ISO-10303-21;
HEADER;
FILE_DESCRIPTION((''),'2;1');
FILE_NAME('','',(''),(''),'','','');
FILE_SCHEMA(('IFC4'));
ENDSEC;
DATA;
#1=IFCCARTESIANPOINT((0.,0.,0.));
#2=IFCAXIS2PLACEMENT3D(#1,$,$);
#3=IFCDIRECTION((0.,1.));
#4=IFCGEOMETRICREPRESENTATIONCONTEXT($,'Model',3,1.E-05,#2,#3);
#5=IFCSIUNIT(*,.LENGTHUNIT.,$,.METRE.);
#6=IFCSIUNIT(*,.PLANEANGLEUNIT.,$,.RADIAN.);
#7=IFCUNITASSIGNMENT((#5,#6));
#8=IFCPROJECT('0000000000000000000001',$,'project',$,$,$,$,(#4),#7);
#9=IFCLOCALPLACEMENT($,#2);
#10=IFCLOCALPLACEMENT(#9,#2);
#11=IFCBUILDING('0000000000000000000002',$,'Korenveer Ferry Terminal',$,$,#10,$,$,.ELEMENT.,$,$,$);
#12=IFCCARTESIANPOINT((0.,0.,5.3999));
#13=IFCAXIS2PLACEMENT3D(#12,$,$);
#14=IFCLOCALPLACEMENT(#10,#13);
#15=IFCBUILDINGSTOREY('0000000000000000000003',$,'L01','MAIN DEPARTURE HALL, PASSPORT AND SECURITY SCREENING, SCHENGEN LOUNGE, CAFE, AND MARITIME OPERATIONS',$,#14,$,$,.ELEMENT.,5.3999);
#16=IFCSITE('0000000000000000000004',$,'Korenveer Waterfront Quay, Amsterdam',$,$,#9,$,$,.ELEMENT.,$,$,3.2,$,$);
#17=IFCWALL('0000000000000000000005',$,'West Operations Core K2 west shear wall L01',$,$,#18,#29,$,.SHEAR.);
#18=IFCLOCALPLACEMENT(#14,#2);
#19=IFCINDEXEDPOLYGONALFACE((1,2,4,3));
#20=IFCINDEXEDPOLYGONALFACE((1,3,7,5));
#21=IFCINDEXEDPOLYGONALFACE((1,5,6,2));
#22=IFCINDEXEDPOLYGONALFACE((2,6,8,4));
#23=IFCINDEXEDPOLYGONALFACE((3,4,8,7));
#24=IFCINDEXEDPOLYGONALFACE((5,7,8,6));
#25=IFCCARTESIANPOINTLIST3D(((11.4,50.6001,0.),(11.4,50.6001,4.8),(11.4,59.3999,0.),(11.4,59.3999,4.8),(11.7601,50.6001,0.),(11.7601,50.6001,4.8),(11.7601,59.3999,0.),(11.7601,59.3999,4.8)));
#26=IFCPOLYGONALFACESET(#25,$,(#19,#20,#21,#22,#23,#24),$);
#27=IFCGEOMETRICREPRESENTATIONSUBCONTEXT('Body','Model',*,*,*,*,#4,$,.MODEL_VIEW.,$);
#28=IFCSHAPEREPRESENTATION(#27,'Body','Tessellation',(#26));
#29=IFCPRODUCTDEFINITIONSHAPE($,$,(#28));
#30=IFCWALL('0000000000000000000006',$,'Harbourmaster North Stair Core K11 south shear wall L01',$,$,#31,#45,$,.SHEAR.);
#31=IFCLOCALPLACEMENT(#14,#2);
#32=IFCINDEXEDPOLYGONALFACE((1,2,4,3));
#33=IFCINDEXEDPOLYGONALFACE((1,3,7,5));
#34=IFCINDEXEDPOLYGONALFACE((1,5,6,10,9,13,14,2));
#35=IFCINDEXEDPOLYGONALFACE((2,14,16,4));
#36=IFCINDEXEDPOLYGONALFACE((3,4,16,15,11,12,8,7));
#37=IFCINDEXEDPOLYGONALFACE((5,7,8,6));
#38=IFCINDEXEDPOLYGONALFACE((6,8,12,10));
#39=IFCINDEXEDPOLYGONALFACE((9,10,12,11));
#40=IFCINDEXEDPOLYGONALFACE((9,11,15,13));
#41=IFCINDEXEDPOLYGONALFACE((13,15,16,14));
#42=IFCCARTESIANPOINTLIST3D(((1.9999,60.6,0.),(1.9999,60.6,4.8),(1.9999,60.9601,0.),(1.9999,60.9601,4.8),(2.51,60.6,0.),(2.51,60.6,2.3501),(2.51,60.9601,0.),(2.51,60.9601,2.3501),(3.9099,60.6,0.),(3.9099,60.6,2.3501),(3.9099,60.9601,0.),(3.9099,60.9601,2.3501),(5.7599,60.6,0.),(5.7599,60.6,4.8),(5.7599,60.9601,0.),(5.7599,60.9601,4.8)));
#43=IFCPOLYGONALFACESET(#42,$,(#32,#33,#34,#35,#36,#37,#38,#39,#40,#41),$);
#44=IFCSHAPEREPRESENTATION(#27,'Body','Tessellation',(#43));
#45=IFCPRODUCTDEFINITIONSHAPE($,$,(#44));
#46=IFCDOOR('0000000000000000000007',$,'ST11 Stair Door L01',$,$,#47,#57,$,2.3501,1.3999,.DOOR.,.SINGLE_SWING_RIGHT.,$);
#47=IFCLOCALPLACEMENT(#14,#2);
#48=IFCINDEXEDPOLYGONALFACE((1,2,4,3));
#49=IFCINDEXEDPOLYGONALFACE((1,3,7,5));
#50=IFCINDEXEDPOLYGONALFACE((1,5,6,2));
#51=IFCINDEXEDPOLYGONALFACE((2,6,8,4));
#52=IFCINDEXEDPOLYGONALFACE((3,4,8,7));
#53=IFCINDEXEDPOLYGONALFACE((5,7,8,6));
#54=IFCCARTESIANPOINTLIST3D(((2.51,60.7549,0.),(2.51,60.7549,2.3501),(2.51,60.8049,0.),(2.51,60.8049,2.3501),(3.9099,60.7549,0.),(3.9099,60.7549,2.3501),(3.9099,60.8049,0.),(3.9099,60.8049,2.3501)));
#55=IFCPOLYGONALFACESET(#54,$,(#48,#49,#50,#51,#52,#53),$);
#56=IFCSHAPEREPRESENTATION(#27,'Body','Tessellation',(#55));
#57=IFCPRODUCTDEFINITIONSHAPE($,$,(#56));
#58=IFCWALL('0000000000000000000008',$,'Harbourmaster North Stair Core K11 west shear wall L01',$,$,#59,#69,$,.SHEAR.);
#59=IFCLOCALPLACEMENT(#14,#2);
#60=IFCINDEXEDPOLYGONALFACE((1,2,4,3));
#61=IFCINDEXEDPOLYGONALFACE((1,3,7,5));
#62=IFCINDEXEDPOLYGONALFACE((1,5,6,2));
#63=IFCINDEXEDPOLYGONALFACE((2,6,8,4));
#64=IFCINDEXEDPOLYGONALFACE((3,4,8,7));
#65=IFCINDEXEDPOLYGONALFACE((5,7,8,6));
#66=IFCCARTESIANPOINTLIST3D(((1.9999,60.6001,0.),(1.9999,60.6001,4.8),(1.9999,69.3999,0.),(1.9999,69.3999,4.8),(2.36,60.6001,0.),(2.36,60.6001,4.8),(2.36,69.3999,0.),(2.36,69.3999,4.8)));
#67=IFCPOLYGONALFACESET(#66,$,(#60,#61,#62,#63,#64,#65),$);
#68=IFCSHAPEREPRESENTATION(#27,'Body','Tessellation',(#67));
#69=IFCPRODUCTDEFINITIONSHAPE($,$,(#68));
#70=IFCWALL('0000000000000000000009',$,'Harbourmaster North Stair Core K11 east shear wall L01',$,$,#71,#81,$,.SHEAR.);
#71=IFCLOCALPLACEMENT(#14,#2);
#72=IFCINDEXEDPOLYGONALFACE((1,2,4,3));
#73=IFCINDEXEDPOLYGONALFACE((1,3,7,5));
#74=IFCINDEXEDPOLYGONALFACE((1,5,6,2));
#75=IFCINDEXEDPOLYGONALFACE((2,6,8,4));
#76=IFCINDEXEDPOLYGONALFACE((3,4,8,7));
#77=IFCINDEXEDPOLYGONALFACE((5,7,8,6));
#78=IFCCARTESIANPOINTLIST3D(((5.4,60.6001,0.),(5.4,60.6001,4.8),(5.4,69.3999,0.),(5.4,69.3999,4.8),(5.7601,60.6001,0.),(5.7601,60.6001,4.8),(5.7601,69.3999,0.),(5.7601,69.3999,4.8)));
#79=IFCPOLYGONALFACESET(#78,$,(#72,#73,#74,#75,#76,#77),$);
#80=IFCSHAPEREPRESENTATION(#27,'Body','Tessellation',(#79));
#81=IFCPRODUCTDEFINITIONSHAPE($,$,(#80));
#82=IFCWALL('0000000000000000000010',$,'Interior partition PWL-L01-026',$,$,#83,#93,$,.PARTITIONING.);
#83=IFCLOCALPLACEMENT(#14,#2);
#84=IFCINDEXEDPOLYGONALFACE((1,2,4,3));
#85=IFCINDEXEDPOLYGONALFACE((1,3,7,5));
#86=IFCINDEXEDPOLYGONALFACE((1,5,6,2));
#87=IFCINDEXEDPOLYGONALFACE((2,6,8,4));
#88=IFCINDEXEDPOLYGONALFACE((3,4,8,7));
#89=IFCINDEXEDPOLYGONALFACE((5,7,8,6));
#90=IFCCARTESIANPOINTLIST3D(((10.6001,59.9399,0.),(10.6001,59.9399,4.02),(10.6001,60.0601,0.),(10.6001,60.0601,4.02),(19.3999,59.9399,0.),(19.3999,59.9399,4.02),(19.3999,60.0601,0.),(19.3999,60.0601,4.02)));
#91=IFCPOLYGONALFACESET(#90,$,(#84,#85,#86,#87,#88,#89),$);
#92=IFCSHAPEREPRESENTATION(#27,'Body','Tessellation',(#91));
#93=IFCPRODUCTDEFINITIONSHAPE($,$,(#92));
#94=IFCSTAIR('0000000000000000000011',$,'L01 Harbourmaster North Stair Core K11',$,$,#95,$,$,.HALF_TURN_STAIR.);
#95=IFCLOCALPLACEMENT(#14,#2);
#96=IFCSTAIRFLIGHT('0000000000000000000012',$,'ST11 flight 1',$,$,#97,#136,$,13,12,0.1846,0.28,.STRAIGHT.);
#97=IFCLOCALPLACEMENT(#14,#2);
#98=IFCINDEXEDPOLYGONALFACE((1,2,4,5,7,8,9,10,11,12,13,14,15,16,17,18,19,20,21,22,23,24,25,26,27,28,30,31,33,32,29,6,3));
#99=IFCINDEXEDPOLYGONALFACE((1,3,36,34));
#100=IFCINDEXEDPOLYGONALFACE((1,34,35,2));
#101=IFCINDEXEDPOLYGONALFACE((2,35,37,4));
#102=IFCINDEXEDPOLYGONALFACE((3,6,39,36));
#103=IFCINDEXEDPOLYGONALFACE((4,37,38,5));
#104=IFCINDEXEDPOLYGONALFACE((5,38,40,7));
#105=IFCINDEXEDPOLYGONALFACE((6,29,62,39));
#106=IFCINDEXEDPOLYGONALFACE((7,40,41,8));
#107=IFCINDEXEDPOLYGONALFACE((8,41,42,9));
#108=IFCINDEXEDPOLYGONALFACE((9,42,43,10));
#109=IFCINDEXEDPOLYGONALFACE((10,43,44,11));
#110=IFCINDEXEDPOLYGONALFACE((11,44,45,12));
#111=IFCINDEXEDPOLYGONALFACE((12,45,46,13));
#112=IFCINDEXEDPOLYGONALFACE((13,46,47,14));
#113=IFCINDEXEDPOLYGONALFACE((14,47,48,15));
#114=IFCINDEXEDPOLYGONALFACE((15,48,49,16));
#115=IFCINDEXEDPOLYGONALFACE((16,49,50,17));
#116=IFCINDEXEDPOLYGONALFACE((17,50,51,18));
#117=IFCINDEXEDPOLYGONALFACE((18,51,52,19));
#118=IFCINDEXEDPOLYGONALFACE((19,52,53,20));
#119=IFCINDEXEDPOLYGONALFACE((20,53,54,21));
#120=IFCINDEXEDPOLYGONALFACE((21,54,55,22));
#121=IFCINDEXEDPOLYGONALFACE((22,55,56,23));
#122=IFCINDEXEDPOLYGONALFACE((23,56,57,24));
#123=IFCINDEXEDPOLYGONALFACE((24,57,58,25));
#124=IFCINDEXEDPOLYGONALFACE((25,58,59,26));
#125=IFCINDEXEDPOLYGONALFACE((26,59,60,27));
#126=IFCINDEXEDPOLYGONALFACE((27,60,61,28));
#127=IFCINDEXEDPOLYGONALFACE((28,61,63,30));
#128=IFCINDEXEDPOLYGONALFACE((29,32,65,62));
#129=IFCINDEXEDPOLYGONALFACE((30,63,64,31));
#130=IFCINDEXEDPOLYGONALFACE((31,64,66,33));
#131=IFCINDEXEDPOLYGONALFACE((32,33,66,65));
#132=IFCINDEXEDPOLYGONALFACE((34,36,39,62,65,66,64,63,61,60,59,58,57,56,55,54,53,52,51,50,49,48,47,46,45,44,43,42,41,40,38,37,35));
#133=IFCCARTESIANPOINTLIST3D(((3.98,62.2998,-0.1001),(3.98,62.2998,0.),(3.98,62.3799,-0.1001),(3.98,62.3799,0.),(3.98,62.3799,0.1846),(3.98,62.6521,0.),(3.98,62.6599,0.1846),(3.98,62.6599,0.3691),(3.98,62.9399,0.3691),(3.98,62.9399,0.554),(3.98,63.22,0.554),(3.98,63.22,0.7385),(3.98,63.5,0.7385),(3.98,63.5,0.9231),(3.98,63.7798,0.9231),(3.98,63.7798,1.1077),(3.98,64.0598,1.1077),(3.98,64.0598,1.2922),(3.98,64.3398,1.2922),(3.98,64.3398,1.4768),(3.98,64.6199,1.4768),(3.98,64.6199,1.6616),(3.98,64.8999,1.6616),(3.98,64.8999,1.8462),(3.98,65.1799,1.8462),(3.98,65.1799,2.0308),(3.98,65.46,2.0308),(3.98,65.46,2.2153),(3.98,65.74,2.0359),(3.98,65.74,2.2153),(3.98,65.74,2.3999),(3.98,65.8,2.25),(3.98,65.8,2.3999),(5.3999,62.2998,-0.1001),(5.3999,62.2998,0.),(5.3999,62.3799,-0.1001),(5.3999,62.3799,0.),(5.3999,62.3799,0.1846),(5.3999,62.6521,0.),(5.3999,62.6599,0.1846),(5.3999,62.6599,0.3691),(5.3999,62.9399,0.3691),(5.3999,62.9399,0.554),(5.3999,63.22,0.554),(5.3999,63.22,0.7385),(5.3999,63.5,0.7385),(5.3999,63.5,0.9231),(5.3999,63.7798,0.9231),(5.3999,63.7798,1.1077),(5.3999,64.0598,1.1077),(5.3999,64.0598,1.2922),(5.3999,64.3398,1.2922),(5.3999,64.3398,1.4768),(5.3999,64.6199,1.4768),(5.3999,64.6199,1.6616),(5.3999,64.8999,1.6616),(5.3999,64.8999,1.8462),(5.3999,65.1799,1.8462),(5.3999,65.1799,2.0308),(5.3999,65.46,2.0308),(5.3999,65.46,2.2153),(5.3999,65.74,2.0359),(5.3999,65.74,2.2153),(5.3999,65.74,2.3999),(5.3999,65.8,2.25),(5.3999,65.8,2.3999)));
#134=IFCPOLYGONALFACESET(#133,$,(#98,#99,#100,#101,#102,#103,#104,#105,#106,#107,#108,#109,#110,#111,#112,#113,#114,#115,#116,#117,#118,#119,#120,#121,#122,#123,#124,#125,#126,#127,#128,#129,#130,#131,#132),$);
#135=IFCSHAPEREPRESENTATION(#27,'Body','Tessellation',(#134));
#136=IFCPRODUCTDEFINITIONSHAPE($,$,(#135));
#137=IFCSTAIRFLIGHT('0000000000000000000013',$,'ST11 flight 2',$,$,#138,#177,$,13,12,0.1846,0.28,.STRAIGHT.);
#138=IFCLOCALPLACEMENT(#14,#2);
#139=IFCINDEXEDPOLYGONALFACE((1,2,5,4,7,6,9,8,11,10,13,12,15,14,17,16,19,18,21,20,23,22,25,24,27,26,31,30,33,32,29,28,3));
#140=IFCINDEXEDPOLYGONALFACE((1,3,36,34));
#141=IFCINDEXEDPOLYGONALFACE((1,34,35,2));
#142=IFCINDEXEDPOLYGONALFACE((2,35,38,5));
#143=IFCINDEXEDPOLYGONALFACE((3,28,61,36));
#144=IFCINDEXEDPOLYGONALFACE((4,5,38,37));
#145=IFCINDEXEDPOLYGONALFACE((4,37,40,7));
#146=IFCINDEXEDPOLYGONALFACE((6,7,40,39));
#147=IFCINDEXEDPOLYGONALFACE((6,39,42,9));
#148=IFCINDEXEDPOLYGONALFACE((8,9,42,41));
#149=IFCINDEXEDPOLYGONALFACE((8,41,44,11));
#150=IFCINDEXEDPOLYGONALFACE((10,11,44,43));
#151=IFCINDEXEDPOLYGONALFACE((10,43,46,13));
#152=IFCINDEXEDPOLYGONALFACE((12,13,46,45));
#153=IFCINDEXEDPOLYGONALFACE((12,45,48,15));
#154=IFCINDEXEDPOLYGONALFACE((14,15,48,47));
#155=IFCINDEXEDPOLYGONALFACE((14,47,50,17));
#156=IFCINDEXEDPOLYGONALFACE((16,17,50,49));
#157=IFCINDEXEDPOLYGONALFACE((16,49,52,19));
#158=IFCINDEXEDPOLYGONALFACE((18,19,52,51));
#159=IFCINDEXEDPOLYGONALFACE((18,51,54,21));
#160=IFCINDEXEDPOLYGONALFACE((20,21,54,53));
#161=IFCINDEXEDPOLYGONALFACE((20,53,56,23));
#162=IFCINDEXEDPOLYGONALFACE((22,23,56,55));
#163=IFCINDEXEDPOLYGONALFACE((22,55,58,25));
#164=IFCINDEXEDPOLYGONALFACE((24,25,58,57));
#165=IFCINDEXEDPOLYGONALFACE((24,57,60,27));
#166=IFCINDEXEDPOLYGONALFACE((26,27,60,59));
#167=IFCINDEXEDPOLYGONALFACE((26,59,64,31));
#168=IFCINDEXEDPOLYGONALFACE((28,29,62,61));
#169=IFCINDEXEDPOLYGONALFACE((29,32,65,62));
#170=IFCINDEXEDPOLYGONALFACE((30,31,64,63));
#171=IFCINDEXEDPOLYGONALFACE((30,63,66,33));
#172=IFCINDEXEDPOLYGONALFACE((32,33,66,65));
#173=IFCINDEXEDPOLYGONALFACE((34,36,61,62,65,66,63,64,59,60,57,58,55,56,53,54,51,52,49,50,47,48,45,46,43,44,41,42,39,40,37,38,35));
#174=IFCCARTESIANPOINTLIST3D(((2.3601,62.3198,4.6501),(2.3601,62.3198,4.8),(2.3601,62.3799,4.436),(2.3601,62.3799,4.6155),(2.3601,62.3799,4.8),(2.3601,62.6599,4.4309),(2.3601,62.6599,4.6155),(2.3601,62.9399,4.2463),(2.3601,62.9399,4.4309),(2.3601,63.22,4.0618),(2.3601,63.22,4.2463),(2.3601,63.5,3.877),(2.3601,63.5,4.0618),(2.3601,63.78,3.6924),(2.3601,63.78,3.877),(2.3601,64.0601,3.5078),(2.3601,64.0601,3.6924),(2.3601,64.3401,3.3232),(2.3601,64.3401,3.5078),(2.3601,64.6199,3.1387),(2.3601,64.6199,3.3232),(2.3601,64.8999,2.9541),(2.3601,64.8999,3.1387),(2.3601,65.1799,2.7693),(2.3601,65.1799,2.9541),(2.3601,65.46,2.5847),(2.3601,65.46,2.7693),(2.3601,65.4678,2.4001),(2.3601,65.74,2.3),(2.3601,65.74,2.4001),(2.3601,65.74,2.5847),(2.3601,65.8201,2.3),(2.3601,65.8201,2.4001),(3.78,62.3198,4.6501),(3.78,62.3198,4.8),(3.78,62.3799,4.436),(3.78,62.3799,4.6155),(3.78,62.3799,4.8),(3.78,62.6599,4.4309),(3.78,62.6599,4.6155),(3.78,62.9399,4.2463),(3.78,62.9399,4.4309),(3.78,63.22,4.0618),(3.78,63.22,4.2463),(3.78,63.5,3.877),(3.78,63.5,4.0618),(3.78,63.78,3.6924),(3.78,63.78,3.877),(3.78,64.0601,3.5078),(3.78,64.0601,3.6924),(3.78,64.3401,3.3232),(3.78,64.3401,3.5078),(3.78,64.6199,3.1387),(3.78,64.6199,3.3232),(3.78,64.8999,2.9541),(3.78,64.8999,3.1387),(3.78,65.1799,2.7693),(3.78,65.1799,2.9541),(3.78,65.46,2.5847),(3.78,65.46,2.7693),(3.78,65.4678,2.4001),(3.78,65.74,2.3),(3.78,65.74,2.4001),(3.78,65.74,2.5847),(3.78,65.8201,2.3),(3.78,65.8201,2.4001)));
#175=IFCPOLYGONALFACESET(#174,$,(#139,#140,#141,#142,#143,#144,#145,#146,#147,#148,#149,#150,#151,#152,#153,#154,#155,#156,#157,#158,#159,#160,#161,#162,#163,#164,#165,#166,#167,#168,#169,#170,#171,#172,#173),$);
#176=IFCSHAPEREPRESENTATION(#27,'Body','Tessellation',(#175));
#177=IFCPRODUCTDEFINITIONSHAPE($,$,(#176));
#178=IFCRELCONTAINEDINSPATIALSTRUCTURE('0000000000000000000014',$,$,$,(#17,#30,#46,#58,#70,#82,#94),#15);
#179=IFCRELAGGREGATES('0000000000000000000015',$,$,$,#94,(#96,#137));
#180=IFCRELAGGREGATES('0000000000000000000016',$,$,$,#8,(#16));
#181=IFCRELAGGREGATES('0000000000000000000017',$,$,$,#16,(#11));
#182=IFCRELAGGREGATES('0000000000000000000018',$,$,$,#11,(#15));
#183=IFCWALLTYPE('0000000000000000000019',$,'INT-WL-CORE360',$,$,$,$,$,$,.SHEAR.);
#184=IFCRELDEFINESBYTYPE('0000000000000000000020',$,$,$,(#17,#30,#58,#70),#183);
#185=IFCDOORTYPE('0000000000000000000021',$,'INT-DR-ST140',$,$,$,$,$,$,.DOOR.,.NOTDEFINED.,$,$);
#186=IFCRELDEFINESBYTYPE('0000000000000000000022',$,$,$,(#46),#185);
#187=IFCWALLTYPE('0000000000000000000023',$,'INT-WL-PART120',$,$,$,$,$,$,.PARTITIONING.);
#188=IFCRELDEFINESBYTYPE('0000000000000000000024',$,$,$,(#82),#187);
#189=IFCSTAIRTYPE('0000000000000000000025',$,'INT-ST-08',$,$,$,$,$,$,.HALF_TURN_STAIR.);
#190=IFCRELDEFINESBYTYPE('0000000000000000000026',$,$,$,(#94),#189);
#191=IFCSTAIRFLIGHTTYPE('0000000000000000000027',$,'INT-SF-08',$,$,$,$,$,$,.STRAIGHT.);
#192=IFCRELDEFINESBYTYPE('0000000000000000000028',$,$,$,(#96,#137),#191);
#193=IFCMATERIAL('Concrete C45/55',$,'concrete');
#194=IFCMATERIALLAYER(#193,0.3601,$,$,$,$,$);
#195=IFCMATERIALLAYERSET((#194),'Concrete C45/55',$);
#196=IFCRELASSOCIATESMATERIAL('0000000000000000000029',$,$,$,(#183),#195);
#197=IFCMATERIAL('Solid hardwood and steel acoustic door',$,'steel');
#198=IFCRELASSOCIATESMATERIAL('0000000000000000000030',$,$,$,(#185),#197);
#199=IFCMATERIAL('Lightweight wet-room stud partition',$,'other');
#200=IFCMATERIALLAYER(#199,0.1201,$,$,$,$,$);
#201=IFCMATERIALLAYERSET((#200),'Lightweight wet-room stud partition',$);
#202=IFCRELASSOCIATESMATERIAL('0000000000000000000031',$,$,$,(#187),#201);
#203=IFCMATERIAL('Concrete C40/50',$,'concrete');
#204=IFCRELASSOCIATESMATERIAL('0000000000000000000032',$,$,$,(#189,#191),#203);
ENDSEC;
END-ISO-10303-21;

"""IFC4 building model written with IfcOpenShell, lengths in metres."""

from ifc_helpers import new_model, si_unit, direction, frame, frame_2d, origin, place, context, subcontext, project, spatial, polyline, rectangle, outline, extrude, material, layer, layer_set, type_object, element, fill, aggregate, save


model = new_model("IFC4")

# Units and contexts
model_context = context("Model", 3, precision=1e-05, world=origin(), true_north=direction((0.0, 1.0)))
body_context = subcontext(model_context, "Body", "Model", "MODEL_VIEW")
ifc_project = project(units=[si_unit("LENGTHUNIT", "METRE"), si_unit("PLANEANGLEUNIT", "RADIAN")], contexts=[model_context])

# Site, building, storey
site_placement = place(None, origin())
site = spatial("IfcSite", under=ifc_project, at=site_placement, Name="Korenveer Waterfront Quay, Amsterdam", CompositionType="ELEMENT", RefElevation=3.2)
building_placement = place(site_placement, origin())
building = spatial("IfcBuilding", under=site, at=building_placement, Name="Korenveer Ferry Terminal", CompositionType="ELEMENT")
storey_placement = place(building_placement, frame((0.0, 0.0, 5.3999)))
storey = spatial("IfcBuildingStorey", under=building, at=storey_placement, Name="L01", Description="MAIN DEPARTURE HALL, PASSPORT AND SECURITY SCREENING, SCHENGEN LOUNGE, CAFE, AND MARITIME OPERATIONS", CompositionType="ELEMENT", Elevation=5.3999)

# Shared definitions
ifc_material_1 = material(Name="Concrete C45/55", Category="concrete")

# Shared definitions
ifc_layer_1 = layer(ifc_material_1, 0.3601)
ifc_layer_set_1 = layer_set([ifc_layer_1], Name="Concrete C45/55")
wall_type_1 = type_object("IfcWallType", Name="INT-WL-CORE360", PredefinedType="SHEAR", material=ifc_layer_set_1)
ifc_material_2 = material(Name="Solid hardwood and steel acoustic door", Category="steel")
door_type_1 = type_object("IfcDoorType", Name="INT-DR-ST140", OperationType="NOTDEFINED", PredefinedType="DOOR", material=ifc_material_2)

# Wall
wall_1_placement = place(storey_placement, frame((11.5801, 50.6001, 0.0), z_axis=(0.0, 0.0, 1.0), x_axis=(0.0, 1.0, 0.0)))
element("IfcWall", 1, at=wall_1_placement, inside=storey, type_object=wall_type_1, Name="West Operations Core K2 west shear wall L01", PredefinedType="SHEAR", context=body_context, shape_type="SweptSolid", body=[
    extrude(rectangle(XDim=8.7998, YDim=0.3601, at=frame_2d((4.3999, 0.0))), origin(), (0.0, 0.0, 1.0), 4.8),
])

# Wall, opening, door
wall_2_placement = place(storey_placement, frame((2.0, 60.78, 0.0), z_axis=(0.0, 0.0, 1.0), x_axis=(1.0, 0.0, 0.0)))
wall_2 = element("IfcWall", 2, at=wall_2_placement, inside=storey, type_object=wall_type_1, Name="Harbourmaster North Stair Core K11 south shear wall L01", PredefinedType="SHEAR", context=body_context, shape_type="SweptSolid", body=[
    extrude(rectangle(XDim=3.76, YDim=0.3601, at=frame_2d((1.8799, 0.0))), origin(), (0.0, 0.0, 1.0), 4.8),
])
opening_1_placement = place(wall_2_placement, frame((0.51, 0.0, 0.0)))
opening_1 = element("IfcOpeningElement", 3, at=opening_1_placement, cuts=wall_2, PredefinedType="OPENING", context=body_context, shape_type="SweptSolid", body=[
    extrude(rectangle(XDim=1.3999, YDim=2.3501, at=frame_2d((0.7, 1.175))), frame((0.0, 0.1899, 0.0), z_axis=(0.0, -1.0, 0.0), x_axis=(1.0, 0.0, 0.0)), (0.0, 0.0, 1.0), 0.3801),
])
door_1_placement = place(opening_1_placement, origin())
door_1 = element("IfcDoor", 4, at=door_1_placement, inside=storey, type_object=door_type_1, Name="ST11 Stair Door L01", OperationType="SINGLE_SWING_RIGHT", OverallHeight=2.3501, OverallWidth=1.3999, PredefinedType="DOOR", context=body_context, shape_type="SweptSolid", body=[
    extrude(rectangle(XDim=1.3999, YDim=2.3501, at=frame_2d((0.7, 1.175))), frame((0.0, 0.0249, 0.0), z_axis=(0.0, -1.0, 0.0), x_axis=(1.0, 0.0, 0.0)), (0.0, 0.0, 1.0), 0.05),
])
fill(opening_1, door_1)

# Walls
for number, where, z_axis, x_axis, name in (
    (5, (2.1799, 60.6001, 0.0), (0.0, 0.0, 1.0), (0.0, 1.0, 0.0), "Harbourmaster North Stair Core K11 west shear wall L01"),
    (6, (5.5801, 60.6001, 0.0), (0.0, 0.0, 1.0), (0.0, 1.0, 0.0), "Harbourmaster North Stair Core K11 east shear wall L01"),
):
    element("IfcWall", number, at=place(storey_placement, frame(where, z_axis=z_axis, x_axis=x_axis)), inside=storey, type_object=wall_type_1, Name=name, PredefinedType="SHEAR", context=body_context, shape_type="SweptSolid", body=[
        extrude(rectangle(XDim=8.7998, YDim=0.3601, at=frame_2d((4.3999, 0.0))), origin(), (0.0, 0.0, 1.0), 4.8),
    ])
ifc_material_3 = material(Name="Lightweight wet-room stud partition", Category="other")
ifc_layer_2 = layer(ifc_material_3, 0.1201)
ifc_layer_set_2 = layer_set([ifc_layer_2], Name="Lightweight wet-room stud partition")
wall_type_2 = type_object("IfcWallType", Name="INT-WL-PART120", PredefinedType="PARTITIONING", material=ifc_layer_set_2)
wall_3_placement = place(storey_placement, frame((10.6001, 60.0, 0.0), z_axis=(0.0, 0.0, 1.0), x_axis=(1.0, 0.0, 0.0)))
element("IfcWall", 7, at=wall_3_placement, inside=storey, type_object=wall_type_2, Name="Interior partition PWL-L01-026", PredefinedType="PARTITIONING", context=body_context, shape_type="SweptSolid", body=[
    extrude(rectangle(XDim=8.7998, YDim=0.1201, at=frame_2d((4.3999, 0.0))), origin(), (0.0, 0.0, 1.0), 4.02),
])

# Stair, stair flights
ifc_material_4 = material(Name="Concrete C40/50", Category="concrete")
stair_type = type_object("IfcStairType", Name="INT-ST-08", PredefinedType="HALF_TURN_STAIR", material=ifc_material_4)
stair_placement = place(storey_placement, frame((4.6899, 62.3799, 0.0)))
stair = element("IfcStair", 8, at=stair_placement, inside=storey, type_object=stair_type, Name="L01 Harbourmaster North Stair Core K11", PredefinedType="HALF_TURN_STAIR")
stair_flight_type = type_object("IfcStairFlightType", Name="INT-SF-08", PredefinedType="STRAIGHT", material=ifc_material_4)
stair_flight_1_placement = place(storey_placement, frame((4.6899, 62.3799, 0.0), z_axis=(0.0, 0.0, 1.0), x_axis=(0.0, 1.0, 0.0)))
stair_flight_1 = element("IfcStairFlight", 9, at=stair_flight_1_placement, type_object=stair_flight_type, Name="ST11 flight 1", NumberOfRisers=13, NumberOfTreads=12, PredefinedType="STRAIGHT", RiserHeight=0.1846, TreadLength=0.28, context=body_context, shape_type="SweptSolid", body=[
    extrude(outline(polyline([(-0.0801, 0.0), (0.0, 0.0), (0.0, 0.1846), (0.28, 0.1846), (0.28, 0.3691), (0.5601, 0.3691), (0.5601, 0.554), (0.8401, 0.554), (0.8401, 0.7385), (1.1201, 0.7385), (1.1201, 0.9231), (1.3999, 0.9231), (1.3999, 1.1077), (1.6799, 1.1077), (1.6799, 1.2922), (1.96, 1.2922), (1.96, 1.4768), (2.24, 1.4768), (2.24, 1.6616), (2.52, 1.6616), (2.52, 1.8462), (2.8, 1.8462), (2.8, 2.0308), (3.0801, 2.0308), (3.0801, 2.2153), (3.3601, 2.2153), (3.3601, 2.3999), (3.4202, 2.3999), (3.4202, 2.25), (3.3601, 2.0359), (0.2722, 0.0), (0.0, -0.1001), (-0.0801, -0.1001), (-0.0801, 0.0)])), frame((0.0, 0.71, 0.0), z_axis=(0.0, -1.0, 0.0), x_axis=(1.0, 0.0, 0.0)), (0.0, 0.0, 1.0), 1.4199),
])
stair_flight_2_placement = place(storey_placement, frame((3.0701, 65.74, 2.4001), z_axis=(0.0, 0.0, 1.0), x_axis=(0.0, -1.0, 0.0)))
stair_flight_2 = element("IfcStairFlight", 10, at=stair_flight_2_placement, type_object=stair_flight_type, Name="ST11 flight 2", NumberOfRisers=13, NumberOfTreads=12, PredefinedType="STRAIGHT", RiserHeight=0.1846, TreadLength=0.28, context=body_context, shape_type="SweptSolid", body=[
    extrude(outline(polyline([(-0.0801, 0.0), (0.0, 0.0), (0.0, 0.1846), (0.28, 0.1846), (0.28, 0.3691), (0.5601, 0.3691), (0.5601, 0.554), (0.8401, 0.554), (0.8401, 0.7385), (1.1201, 0.7385), (1.1201, 0.9231), (1.3999, 0.9231), (1.3999, 1.1077), (1.6799, 1.1077), (1.6799, 1.2922), (1.96, 1.2922), (1.96, 1.4768), (2.24, 1.4768), (2.24, 1.6616), (2.52, 1.6616), (2.52, 1.8462), (2.8, 1.8462), (2.8, 2.0308), (3.0801, 2.0308), (3.0801, 2.2153), (3.3601, 2.2153), (3.3601, 2.3999), (3.4202, 2.3999), (3.4202, 2.25), (3.3601, 2.0359), (0.2722, 0.0), (0.0, -0.1001), (-0.0801, -0.1001), (-0.0801, 0.0)])), frame((0.0, 0.71, 0.0), z_axis=(0.0, -1.0, 0.0), x_axis=(1.0, 0.0, 0.0)), (0.0, 0.0, 1.0), 1.4199),
])
aggregate(stair, [stair_flight_1, stair_flight_2])

save(model, "model.ifc")
